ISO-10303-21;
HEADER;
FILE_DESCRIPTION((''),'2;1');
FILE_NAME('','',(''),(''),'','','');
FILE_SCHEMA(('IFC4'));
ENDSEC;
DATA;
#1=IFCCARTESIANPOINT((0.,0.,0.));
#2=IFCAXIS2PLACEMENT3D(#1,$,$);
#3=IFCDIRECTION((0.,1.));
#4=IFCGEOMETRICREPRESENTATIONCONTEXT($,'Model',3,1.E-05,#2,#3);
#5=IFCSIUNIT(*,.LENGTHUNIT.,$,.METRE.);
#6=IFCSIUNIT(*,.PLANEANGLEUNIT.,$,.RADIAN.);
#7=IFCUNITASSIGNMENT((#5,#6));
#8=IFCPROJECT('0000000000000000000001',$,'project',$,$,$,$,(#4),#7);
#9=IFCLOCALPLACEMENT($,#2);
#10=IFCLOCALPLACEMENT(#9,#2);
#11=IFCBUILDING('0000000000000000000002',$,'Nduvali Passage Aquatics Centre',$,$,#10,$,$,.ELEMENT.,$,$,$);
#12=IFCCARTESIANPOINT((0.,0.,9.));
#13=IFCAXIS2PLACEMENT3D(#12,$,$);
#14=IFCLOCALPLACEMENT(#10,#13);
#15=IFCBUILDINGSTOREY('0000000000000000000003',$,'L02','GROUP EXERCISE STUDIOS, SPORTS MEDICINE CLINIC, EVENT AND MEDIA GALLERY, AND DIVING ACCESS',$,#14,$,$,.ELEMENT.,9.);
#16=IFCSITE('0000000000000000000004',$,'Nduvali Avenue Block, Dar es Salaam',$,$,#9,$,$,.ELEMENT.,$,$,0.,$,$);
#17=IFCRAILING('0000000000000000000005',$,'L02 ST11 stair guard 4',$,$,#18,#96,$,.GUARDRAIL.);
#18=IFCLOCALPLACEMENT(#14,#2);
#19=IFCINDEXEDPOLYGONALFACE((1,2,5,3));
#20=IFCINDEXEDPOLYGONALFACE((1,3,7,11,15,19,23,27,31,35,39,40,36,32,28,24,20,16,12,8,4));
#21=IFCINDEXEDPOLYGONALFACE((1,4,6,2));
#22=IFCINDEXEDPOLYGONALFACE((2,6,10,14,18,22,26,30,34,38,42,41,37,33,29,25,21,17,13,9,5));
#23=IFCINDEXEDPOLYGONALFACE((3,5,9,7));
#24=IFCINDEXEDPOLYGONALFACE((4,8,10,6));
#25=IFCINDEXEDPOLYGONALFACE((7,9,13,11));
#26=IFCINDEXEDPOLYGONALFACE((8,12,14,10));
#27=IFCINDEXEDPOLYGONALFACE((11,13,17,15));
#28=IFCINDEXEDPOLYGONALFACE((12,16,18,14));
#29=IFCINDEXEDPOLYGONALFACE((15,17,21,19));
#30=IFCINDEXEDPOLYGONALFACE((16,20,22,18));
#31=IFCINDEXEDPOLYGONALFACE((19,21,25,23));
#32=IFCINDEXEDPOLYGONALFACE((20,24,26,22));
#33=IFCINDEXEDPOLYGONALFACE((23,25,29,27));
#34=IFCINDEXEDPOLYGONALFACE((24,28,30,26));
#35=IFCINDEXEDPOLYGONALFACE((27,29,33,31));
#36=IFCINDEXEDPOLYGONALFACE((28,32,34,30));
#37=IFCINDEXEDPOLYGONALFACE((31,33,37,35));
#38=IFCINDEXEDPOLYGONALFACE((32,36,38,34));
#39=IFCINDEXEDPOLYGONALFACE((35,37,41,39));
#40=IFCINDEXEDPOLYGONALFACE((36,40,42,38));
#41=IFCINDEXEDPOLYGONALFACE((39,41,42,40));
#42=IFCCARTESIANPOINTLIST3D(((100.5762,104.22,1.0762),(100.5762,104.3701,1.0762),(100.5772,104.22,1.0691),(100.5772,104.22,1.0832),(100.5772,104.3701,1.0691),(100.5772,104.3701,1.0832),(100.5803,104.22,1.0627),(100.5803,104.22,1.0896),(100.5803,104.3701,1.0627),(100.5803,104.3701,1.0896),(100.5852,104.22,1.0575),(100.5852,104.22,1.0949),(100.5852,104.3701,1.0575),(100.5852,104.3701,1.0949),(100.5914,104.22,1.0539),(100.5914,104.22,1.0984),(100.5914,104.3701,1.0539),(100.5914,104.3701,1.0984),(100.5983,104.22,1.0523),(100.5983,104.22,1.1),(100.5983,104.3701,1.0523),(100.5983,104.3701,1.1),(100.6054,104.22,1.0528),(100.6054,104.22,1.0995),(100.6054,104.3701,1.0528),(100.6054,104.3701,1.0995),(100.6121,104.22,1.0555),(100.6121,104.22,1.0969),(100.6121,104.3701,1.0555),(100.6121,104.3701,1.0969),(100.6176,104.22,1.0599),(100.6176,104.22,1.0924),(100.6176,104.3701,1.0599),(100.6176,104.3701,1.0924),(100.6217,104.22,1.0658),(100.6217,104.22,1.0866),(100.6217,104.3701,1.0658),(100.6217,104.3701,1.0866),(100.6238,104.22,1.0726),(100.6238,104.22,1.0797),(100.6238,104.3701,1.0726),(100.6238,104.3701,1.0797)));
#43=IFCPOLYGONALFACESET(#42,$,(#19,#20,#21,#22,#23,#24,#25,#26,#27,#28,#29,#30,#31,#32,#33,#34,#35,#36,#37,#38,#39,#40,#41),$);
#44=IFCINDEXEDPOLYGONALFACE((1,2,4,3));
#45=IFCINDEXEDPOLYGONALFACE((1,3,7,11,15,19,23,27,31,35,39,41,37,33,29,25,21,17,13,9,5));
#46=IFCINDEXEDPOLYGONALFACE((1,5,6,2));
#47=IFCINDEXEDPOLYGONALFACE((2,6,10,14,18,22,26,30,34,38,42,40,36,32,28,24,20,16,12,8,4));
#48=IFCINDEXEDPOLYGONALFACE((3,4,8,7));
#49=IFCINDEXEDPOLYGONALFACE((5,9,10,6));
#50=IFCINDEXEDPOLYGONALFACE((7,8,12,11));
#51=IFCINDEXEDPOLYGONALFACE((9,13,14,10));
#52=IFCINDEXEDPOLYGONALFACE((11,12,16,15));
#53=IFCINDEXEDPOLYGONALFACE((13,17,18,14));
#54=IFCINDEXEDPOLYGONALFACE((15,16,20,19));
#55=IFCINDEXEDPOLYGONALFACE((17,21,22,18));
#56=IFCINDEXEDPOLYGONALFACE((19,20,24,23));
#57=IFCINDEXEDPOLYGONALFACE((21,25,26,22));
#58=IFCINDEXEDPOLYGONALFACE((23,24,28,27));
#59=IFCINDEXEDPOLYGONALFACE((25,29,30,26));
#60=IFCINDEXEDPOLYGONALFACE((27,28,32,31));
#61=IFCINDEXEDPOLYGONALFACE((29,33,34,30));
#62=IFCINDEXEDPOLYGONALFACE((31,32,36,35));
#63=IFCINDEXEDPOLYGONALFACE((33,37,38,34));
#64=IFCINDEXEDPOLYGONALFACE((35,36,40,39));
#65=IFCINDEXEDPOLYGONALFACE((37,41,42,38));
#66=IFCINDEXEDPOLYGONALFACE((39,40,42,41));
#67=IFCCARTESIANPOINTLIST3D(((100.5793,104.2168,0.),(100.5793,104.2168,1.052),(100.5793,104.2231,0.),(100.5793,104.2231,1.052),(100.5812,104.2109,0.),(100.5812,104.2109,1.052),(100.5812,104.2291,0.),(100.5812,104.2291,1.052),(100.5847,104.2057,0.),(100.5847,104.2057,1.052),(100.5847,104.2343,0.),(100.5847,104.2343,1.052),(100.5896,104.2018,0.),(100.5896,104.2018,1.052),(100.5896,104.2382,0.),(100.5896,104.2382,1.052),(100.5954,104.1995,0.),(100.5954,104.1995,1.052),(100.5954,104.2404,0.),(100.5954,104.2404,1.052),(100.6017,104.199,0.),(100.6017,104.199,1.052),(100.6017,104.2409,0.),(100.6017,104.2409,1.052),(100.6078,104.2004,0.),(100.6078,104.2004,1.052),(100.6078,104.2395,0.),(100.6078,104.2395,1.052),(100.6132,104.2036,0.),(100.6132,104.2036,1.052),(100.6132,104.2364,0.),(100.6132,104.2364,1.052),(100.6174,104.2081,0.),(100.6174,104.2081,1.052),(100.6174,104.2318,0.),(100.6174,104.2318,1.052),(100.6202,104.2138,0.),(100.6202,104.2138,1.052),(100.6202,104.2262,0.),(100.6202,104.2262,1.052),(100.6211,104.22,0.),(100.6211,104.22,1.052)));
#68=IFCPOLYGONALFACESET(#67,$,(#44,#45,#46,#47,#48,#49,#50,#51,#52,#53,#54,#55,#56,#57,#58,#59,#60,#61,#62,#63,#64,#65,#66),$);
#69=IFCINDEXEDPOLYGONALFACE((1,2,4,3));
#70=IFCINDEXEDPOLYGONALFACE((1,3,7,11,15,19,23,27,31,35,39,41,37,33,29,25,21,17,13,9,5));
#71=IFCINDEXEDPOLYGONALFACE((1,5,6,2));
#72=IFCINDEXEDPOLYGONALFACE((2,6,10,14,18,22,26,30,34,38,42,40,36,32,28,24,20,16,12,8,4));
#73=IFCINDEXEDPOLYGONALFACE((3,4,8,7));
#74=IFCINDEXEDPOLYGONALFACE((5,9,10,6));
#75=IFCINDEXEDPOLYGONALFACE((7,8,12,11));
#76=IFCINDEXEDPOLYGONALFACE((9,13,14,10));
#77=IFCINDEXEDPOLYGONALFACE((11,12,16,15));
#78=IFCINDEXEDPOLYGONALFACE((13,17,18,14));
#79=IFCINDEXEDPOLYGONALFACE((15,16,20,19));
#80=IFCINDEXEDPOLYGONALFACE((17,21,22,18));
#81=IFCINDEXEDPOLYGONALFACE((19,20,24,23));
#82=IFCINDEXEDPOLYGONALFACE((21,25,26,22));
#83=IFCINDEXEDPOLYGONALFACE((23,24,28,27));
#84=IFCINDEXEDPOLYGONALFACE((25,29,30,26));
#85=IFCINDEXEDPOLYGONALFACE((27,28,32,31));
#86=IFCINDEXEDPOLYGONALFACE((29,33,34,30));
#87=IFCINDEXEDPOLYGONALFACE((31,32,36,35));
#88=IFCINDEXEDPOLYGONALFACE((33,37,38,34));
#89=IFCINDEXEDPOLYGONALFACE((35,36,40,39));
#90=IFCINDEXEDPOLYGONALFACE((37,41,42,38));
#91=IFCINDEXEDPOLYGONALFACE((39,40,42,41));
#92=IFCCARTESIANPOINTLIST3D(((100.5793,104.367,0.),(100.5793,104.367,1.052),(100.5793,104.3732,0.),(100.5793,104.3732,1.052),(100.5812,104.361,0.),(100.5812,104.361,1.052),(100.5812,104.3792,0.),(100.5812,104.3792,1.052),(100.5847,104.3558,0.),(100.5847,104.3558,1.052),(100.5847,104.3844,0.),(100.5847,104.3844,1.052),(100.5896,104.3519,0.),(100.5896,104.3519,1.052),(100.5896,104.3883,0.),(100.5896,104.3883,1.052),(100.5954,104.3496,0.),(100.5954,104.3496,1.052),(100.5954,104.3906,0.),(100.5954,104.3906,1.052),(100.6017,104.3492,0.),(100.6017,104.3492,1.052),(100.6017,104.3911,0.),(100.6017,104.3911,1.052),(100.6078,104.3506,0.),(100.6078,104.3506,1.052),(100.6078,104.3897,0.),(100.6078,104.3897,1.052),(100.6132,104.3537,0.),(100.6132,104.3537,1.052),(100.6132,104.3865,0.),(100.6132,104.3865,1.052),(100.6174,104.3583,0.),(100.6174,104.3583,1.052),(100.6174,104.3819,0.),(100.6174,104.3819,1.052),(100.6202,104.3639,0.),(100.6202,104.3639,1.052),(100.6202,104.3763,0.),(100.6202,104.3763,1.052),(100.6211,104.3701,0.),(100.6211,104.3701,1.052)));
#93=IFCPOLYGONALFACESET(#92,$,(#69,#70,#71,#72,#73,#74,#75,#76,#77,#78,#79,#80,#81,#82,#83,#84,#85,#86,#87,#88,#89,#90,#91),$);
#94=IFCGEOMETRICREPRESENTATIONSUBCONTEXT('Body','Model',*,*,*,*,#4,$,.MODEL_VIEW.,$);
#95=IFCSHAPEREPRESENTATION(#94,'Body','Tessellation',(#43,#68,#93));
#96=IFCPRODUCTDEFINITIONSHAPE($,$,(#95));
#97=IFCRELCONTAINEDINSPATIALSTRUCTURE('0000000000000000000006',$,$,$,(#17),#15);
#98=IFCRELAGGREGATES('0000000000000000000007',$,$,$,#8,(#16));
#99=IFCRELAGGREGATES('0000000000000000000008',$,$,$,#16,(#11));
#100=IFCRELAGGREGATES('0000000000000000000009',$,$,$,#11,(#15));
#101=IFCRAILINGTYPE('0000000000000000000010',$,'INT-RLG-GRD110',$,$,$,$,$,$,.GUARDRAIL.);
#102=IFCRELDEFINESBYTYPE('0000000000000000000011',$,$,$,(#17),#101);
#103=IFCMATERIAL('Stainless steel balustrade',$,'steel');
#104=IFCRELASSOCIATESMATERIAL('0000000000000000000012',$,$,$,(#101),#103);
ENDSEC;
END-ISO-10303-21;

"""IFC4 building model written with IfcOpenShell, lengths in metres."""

from ifc_helpers import new_model, si_unit, direction, frame, origin, origin_2d, place, context, subcontext, project, spatial, circle, extrude, material, type_object, element, save


model = new_model("IFC4")

# Units and contexts
model_context = context("Model", 3, precision=1e-05, world=origin(), true_north=direction((0.0, 1.0)))
body_context = subcontext(model_context, "Body", "Model", "MODEL_VIEW")
ifc_project = project(units=[si_unit("LENGTHUNIT", "METRE"), si_unit("PLANEANGLEUNIT", "RADIAN")], contexts=[model_context])

# Site, building, storey
site_placement = place(None, origin())
site = spatial("IfcSite", under=ifc_project, at=site_placement, Name="Nduvali Avenue Block, Dar es Salaam", CompositionType="ELEMENT", RefElevation=0.0)
building_placement = place(site_placement, origin())
building = spatial("IfcBuilding", under=site, at=building_placement, Name="Nduvali Passage Aquatics Centre", CompositionType="ELEMENT")
storey_placement = place(building_placement, frame((0.0, 0.0, 9.0)))
storey = spatial("IfcBuildingStorey", under=building, at=storey_placement, Name="L02", Description="GROUP EXERCISE STUDIOS, SPORTS MEDICINE CLINIC, EVENT AND MEDIA GALLERY, AND DIVING ACCESS", CompositionType="ELEMENT", Elevation=9.0)

# Railing
ifc_material_1 = material(Name="Stainless steel balustrade", Category="steel")
railing_type_1 = type_object("IfcRailingType", Name="INT-RLG-GRD110", PredefinedType="GUARDRAIL", material=ifc_material_1)
railing_1_placement = place(storey_placement, frame((100.6001, 104.22, 0.0)))
element("IfcRailing", 1, at=railing_1_placement, inside=storey, type_object=railing_type_1, Name="L02 ST11 stair guard 4", PredefinedType="GUARDRAIL", context=body_context, shape_type="SweptSolid", body=[
    extrude(circle(Radius=0.0239, at=origin_2d()), frame((0.0, 0.0, 1.0762), z_axis=(0.0, 1.0, 0.0), x_axis=(-1.0, 0.0, 0.0)), (0.0, 0.0, 1.0), 0.1501),
    extrude(circle(Radius=0.021, at=origin_2d()), origin(), (0.0, 0.0, 1.0), 1.052),
    extrude(circle(Radius=0.021, at=origin_2d()), frame((0.0, 0.1501, 0.0)), (0.0, 0.0, 1.0), 1.052),
])

save(model, "model.ifc")
